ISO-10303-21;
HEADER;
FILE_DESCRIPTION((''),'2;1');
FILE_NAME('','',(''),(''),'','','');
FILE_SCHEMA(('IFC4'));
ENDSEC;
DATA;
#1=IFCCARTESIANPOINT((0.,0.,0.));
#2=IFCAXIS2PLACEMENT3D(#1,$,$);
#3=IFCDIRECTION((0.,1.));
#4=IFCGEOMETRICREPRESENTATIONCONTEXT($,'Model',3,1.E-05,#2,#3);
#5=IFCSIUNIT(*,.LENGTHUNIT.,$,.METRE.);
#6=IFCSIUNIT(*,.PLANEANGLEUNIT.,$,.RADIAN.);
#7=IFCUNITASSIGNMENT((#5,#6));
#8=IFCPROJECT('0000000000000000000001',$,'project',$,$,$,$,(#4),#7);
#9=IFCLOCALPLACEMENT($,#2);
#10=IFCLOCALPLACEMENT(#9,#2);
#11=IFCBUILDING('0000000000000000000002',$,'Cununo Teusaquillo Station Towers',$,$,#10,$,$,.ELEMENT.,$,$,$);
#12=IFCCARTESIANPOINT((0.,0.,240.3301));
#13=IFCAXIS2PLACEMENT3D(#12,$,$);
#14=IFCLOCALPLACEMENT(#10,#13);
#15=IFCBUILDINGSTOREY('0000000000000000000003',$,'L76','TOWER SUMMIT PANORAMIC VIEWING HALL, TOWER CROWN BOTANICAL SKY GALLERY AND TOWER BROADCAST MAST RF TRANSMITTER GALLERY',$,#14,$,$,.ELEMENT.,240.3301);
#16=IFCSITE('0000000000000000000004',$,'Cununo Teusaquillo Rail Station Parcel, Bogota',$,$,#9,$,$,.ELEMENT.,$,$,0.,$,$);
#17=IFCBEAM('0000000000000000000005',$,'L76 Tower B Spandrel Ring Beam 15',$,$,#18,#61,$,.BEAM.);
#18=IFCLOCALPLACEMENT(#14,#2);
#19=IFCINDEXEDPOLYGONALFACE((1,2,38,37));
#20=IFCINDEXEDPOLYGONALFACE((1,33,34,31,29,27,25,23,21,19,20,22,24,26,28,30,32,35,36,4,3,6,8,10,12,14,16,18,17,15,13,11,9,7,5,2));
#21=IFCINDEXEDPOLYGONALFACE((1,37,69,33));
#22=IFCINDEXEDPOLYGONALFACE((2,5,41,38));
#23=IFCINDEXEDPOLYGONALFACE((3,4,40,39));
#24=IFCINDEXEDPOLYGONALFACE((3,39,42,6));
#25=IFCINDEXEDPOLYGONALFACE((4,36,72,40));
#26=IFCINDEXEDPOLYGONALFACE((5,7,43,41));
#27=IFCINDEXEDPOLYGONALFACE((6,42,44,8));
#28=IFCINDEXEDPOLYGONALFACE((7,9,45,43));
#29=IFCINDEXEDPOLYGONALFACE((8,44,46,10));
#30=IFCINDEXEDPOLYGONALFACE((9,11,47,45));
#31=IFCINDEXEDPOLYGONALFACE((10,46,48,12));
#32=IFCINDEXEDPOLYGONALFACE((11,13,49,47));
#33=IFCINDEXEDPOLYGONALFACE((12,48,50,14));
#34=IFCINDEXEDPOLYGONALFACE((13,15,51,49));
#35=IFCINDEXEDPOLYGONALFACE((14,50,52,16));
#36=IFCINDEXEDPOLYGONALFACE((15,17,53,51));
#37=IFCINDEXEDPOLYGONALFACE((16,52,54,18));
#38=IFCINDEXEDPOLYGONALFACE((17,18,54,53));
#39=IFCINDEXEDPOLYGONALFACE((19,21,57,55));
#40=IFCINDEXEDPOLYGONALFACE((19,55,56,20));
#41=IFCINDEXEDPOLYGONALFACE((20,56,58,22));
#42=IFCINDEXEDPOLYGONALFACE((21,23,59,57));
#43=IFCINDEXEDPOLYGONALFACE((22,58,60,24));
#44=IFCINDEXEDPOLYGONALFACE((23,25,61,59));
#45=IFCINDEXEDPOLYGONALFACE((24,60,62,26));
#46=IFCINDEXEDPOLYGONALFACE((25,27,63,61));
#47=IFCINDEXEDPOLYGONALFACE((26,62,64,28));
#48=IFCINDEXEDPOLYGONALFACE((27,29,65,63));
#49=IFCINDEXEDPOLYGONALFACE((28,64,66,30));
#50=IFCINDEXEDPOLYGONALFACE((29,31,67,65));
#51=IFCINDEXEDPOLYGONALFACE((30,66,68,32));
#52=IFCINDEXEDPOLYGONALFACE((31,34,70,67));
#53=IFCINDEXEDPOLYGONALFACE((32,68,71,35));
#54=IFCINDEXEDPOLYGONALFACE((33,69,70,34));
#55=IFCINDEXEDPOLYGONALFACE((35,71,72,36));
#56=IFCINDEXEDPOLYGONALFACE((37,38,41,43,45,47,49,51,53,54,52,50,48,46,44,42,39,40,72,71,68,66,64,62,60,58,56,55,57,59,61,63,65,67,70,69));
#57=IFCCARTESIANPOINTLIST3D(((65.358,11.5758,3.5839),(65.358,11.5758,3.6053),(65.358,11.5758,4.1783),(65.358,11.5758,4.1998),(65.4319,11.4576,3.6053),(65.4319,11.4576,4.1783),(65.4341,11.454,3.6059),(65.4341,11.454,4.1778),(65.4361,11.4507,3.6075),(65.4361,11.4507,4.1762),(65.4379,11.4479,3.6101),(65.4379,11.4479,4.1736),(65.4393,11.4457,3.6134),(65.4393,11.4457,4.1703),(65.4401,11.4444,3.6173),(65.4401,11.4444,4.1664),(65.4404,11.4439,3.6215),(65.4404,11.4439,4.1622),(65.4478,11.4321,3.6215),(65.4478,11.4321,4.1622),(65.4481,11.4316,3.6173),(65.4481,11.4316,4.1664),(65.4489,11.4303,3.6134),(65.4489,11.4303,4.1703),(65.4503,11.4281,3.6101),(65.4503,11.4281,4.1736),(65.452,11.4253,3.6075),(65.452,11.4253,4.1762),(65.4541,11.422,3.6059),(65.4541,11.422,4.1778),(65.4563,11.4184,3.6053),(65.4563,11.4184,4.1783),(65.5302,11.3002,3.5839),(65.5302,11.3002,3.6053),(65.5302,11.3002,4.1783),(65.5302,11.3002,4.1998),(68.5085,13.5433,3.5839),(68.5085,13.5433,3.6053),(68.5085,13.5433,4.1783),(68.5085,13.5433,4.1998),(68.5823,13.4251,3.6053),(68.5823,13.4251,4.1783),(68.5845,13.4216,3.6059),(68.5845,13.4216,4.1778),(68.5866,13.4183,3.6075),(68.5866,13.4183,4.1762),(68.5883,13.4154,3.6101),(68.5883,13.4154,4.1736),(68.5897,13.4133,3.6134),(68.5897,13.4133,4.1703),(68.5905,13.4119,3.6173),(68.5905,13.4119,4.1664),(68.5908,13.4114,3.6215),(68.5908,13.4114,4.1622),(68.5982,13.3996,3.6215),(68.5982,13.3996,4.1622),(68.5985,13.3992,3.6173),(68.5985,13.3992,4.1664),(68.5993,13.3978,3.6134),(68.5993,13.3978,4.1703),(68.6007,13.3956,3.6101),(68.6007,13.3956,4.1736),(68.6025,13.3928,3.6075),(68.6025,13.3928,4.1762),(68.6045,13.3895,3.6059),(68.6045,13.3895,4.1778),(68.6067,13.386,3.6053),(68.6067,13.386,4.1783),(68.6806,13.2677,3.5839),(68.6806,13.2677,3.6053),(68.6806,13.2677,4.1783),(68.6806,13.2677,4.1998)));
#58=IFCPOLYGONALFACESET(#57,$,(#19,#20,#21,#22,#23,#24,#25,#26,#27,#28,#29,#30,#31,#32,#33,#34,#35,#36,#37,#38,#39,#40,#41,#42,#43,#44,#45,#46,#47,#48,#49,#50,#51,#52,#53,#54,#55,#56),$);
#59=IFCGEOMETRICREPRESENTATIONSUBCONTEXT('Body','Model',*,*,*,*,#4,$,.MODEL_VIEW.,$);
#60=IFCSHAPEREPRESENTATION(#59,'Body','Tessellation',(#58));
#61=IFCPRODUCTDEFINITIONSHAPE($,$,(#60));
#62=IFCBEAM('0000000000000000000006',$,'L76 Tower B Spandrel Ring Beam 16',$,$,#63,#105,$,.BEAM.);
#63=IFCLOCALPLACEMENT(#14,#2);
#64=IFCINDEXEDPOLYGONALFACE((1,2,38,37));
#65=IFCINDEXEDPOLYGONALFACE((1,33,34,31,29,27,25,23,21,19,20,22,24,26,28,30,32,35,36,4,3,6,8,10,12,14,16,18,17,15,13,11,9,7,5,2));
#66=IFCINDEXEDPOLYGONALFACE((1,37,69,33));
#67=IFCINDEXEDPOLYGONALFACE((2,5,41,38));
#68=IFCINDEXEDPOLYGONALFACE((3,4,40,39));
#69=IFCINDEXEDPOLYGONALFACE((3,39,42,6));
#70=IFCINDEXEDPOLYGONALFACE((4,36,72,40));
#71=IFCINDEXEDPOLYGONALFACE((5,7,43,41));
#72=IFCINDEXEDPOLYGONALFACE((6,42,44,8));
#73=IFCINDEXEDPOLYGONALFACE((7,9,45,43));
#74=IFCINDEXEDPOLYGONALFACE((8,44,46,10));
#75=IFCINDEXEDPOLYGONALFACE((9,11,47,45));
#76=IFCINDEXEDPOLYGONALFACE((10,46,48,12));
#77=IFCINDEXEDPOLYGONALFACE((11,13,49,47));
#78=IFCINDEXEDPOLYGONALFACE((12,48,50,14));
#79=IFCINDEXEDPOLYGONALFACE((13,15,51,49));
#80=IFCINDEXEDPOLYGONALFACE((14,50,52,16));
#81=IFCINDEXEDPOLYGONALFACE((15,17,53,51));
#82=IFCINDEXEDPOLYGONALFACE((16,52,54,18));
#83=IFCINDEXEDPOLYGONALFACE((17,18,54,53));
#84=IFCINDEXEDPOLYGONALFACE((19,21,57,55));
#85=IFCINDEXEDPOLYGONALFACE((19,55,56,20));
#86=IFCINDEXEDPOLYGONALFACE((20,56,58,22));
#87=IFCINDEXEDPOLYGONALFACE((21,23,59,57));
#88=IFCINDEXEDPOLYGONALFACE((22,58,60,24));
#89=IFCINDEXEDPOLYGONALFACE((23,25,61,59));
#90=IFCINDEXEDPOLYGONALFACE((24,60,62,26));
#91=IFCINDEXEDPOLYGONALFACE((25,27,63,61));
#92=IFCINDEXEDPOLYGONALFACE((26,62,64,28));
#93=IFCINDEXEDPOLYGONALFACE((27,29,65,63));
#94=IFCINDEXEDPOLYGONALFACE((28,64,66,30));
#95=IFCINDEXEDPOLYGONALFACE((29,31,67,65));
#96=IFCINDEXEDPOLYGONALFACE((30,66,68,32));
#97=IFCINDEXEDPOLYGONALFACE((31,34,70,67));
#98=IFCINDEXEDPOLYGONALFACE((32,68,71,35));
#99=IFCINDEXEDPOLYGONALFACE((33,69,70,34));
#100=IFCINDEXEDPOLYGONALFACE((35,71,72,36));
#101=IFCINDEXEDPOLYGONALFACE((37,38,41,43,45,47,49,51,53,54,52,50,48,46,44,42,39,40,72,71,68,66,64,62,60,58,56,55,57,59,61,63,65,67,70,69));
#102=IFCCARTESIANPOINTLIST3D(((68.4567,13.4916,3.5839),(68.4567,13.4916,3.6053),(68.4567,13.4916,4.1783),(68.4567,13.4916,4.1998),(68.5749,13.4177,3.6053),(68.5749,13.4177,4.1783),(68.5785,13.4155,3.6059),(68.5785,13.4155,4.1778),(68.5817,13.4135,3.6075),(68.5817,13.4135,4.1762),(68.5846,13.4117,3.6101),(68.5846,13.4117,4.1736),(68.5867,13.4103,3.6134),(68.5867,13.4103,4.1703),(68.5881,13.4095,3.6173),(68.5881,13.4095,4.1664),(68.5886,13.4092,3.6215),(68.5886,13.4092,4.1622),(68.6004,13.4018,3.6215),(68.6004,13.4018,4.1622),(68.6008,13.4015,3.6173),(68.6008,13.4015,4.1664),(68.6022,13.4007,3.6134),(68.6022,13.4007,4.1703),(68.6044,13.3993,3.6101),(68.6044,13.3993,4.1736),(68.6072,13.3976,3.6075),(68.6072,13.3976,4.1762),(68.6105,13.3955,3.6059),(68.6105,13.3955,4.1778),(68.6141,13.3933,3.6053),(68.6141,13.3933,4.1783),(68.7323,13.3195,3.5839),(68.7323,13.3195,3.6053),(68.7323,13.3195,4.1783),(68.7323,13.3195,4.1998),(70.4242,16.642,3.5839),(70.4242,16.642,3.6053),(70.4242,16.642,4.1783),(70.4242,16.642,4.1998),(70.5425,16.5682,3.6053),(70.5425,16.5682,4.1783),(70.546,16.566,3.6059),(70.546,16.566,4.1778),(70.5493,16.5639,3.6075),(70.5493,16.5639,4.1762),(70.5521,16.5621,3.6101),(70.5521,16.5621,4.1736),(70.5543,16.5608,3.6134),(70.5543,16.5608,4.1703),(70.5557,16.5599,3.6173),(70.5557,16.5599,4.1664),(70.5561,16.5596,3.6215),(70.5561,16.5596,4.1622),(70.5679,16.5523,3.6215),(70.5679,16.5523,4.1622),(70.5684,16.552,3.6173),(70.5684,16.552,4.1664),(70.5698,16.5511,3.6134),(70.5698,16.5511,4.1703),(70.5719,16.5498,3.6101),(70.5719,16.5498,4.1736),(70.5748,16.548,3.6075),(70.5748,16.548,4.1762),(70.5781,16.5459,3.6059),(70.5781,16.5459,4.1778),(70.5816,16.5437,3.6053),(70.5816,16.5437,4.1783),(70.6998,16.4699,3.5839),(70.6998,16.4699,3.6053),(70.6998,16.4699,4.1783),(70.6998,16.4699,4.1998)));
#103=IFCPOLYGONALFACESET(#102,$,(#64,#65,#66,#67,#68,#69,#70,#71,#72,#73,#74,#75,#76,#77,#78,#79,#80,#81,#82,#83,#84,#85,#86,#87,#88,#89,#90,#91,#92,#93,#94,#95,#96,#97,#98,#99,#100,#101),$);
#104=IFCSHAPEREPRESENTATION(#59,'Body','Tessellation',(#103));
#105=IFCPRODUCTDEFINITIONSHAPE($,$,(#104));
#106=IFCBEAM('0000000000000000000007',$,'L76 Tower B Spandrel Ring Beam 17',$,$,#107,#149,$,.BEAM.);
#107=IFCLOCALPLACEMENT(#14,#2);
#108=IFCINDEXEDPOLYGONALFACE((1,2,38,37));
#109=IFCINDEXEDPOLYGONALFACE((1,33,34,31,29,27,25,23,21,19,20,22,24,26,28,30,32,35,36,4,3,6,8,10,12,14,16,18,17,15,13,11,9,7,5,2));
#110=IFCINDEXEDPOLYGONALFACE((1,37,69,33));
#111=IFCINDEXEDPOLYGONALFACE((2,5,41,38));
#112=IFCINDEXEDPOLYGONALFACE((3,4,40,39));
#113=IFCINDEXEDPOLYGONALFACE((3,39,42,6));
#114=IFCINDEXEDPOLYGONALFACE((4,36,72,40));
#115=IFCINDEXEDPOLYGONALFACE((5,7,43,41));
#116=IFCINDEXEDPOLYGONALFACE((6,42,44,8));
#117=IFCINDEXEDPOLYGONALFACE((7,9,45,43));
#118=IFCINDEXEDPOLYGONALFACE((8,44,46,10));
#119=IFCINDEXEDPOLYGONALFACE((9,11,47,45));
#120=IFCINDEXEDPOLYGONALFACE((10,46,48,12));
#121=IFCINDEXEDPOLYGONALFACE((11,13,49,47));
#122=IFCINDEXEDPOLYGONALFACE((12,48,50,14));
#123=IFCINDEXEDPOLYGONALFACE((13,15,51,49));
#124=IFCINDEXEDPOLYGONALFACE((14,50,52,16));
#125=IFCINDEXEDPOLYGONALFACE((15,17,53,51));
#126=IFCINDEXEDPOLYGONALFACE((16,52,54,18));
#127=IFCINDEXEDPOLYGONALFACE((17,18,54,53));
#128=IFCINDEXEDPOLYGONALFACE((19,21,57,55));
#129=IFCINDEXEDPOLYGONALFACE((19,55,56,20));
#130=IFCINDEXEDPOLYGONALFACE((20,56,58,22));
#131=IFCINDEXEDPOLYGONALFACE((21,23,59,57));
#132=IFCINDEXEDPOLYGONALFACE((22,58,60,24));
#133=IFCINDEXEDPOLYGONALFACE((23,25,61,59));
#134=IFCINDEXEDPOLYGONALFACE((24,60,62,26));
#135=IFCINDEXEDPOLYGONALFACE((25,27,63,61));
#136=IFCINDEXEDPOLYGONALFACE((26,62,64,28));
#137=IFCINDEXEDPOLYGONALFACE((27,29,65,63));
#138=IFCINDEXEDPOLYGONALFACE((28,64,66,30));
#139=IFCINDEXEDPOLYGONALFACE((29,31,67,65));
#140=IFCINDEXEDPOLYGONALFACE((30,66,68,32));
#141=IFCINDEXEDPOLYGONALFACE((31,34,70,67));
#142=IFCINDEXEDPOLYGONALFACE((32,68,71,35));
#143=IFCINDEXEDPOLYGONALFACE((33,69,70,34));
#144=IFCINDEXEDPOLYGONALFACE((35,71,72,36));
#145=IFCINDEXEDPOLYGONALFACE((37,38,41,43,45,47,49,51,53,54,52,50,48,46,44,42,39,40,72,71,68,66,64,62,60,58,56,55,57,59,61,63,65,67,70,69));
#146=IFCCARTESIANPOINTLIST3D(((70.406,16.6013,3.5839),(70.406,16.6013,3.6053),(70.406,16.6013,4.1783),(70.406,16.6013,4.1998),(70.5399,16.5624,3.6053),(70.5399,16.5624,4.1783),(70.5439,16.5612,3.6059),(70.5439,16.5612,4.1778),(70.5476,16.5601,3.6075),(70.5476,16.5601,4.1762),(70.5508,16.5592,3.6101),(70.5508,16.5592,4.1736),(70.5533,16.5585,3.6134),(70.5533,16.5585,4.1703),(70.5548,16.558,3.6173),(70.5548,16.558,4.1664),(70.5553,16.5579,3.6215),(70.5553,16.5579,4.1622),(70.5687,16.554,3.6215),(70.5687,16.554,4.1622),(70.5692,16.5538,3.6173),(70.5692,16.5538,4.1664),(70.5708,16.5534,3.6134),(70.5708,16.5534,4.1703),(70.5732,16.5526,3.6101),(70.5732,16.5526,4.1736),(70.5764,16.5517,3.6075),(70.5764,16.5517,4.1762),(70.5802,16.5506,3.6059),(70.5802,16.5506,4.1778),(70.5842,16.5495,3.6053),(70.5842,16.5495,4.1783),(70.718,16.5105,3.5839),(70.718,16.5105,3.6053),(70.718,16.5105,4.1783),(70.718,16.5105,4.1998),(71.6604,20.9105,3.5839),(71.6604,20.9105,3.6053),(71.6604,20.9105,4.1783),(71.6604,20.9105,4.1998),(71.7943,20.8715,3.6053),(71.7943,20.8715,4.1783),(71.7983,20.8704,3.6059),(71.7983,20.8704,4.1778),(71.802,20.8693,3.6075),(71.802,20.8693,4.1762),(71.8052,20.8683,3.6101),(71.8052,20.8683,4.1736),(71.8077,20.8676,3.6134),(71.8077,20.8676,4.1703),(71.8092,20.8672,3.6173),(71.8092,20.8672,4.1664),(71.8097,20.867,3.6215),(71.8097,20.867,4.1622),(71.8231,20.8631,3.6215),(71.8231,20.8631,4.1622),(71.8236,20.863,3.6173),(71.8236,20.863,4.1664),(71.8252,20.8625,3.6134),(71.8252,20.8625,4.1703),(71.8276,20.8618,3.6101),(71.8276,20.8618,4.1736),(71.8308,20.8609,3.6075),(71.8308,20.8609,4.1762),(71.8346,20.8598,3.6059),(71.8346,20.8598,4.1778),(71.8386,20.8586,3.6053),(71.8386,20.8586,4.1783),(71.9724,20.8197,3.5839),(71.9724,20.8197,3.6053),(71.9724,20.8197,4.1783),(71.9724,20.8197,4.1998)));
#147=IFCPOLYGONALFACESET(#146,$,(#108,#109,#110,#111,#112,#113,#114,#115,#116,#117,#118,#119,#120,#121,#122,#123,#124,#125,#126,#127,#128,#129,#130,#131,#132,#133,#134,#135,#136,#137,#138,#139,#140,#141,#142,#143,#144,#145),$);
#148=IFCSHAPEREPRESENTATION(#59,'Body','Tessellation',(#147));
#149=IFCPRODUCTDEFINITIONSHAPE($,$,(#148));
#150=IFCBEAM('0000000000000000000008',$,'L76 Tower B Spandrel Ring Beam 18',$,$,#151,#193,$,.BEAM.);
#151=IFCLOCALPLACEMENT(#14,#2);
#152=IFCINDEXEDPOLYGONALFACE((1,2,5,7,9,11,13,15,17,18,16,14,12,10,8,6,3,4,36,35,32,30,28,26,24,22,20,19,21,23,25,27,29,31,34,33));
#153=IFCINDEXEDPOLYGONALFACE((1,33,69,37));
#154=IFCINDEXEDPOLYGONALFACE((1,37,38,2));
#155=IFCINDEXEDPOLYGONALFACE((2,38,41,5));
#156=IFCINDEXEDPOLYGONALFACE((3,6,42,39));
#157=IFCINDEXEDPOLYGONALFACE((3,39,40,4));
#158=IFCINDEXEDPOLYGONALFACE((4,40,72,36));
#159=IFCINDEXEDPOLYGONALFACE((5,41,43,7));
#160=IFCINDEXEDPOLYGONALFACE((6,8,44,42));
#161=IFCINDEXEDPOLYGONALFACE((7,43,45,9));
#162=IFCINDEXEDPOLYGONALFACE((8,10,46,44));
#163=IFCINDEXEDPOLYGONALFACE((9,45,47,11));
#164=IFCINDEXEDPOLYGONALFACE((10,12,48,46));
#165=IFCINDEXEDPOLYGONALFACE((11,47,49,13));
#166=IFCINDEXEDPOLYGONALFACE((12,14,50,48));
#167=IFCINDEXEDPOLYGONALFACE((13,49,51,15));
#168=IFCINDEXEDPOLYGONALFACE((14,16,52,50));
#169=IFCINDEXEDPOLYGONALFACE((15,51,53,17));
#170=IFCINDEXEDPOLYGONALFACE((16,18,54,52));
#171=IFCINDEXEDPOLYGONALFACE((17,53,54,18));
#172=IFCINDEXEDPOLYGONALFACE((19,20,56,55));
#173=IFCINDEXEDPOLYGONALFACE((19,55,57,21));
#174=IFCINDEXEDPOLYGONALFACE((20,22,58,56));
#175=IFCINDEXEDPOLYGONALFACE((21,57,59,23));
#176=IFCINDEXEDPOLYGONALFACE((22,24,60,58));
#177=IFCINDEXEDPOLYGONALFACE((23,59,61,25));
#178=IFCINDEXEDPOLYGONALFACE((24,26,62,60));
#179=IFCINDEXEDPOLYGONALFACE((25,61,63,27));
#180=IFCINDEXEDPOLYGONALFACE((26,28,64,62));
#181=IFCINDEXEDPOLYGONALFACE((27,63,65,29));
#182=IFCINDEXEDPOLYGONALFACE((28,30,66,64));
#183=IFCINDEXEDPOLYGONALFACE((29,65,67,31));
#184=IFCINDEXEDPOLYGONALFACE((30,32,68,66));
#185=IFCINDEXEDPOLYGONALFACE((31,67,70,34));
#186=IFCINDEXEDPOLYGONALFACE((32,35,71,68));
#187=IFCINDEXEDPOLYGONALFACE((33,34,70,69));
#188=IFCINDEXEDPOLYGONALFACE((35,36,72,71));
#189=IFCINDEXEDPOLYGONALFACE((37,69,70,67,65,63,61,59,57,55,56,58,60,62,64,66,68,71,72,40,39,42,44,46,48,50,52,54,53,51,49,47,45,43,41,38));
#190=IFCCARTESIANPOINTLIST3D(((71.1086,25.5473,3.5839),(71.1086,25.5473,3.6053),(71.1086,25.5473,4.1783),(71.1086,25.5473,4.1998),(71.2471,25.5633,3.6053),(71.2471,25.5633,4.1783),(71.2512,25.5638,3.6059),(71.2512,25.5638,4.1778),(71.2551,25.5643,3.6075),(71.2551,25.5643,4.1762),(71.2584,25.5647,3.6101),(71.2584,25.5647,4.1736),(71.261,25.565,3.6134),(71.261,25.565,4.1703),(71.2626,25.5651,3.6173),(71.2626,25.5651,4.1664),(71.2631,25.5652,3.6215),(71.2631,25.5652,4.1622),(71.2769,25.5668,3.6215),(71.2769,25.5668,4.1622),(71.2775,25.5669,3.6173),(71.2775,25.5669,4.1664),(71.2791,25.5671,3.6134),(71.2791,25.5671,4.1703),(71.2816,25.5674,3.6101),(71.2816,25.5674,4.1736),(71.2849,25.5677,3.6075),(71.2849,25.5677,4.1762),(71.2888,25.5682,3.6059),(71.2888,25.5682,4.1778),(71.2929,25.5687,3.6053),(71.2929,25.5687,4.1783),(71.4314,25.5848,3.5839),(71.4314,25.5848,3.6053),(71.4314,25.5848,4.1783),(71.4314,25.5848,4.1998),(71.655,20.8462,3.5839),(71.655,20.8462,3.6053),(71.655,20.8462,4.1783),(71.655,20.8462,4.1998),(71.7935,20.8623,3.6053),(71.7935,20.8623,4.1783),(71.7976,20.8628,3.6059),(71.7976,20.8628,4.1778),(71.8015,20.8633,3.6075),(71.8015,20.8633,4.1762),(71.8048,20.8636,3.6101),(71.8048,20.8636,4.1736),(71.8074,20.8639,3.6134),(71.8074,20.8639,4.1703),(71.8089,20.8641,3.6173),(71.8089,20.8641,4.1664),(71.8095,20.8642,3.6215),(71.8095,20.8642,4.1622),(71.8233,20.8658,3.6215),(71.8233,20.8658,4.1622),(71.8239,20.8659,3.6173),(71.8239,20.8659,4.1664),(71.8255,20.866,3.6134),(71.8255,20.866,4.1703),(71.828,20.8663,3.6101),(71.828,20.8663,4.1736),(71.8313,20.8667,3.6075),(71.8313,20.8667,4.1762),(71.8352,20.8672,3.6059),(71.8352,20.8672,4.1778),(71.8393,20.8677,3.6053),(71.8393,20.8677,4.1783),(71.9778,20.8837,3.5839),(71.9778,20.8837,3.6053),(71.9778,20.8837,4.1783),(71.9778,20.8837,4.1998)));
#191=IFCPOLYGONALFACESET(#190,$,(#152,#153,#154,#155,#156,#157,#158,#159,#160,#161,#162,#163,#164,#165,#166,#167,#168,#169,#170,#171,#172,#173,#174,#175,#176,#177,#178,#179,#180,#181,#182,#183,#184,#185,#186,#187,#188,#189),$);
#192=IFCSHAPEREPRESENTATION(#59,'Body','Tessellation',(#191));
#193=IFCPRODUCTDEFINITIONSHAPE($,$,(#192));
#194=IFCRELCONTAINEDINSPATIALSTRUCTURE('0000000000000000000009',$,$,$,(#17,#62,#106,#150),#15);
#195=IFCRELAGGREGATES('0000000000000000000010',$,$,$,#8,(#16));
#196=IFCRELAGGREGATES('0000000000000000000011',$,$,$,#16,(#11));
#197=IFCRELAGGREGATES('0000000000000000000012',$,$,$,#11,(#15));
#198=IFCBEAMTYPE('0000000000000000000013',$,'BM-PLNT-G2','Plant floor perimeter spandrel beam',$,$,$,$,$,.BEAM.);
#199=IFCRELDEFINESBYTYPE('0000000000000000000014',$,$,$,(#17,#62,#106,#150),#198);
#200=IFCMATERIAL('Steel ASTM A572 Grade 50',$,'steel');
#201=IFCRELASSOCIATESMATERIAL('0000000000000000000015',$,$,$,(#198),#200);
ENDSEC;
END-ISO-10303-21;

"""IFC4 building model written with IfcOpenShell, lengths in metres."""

from ifc_helpers import new_model, si_unit, direction, frame, origin, origin_2d, place, context, subcontext, project, spatial, i_section, extrude, material, material_profile, profile_set, type_object, element, save


model = new_model("IFC4")

# Units and contexts
model_context = context("Model", 3, precision=1e-05, world=origin(), true_north=direction((0.0, 1.0)))
body_context = subcontext(model_context, "Body", "Model", "MODEL_VIEW")
ifc_project = project(units=[si_unit("LENGTHUNIT", "METRE"), si_unit("PLANEANGLEUNIT", "RADIAN")], contexts=[model_context])

# Site, building, storey
site_placement = place(None, origin())
site = spatial("IfcSite", under=ifc_project, at=site_placement, Name="Cununo Teusaquillo Rail Station Parcel, Bogota", CompositionType="ELEMENT", RefElevation=0.0)
building_placement = place(site_placement, origin())
building = spatial("IfcBuilding", under=site, at=building_placement, Name="Cununo Teusaquillo Station Towers", CompositionType="ELEMENT")
storey_placement = place(building_placement, frame((0.0, 0.0, 240.3301)))
storey = spatial("IfcBuildingStorey", under=building, at=storey_placement, Name="L76", Description="TOWER SUMMIT PANORAMIC VIEWING HALL, TOWER CROWN BOTANICAL SKY GALLERY AND TOWER BROADCAST MAST RF TRANSMITTER GALLERY", CompositionType="ELEMENT", Elevation=240.3301)

# Beams
ifc_material_1 = material(Name="Steel ASTM A572 Grade 50", Category="steel")
ifc_material_profile_1 = material_profile(ifc_material_1, i_section(OverallWidth=0.325, OverallDepth=0.616, WebThickness=0.0139, FlangeThickness=0.0215, FilletRadius=0.0161, at=origin_2d()), Name="W24X117")
ifc_profile_set_1 = profile_set([ifc_material_profile_1], Name="Steel ASTM A572 Grade 50")
beam_type = type_object("IfcBeamType", Name="BM-PLNT-G2", Description="Plant floor perimeter spandrel beam", PredefinedType="BEAM", material=ifc_profile_set_1)
for number, where, z_axis, x_axis, name in (
    (1, (65.4441, 11.438, 3.8918), (0.848176, 0.529715, 0.0), (-0.529715, 0.848176, 0.0), "L76 Tower B Spandrel Ring Beam 15"),
    (2, (68.5945, 13.4055, 3.8918), (0.529715, 0.848176, 0.0), (-0.848176, 0.529715, 0.0), "L76 Tower B Spandrel Ring Beam 16"),
):
    element("IfcBeam", number, at=place(storey_placement, frame(where, z_axis=z_axis, x_axis=x_axis)), inside=storey, type_object=beam_type, Name=name, PredefinedType="BEAM", context=body_context, shape_type="SweptSolid", body=[
        extrude(i_section(OverallWidth=0.325, OverallDepth=0.616, WebThickness=0.0139, FlangeThickness=0.0215, FilletRadius=0.0161, at=origin_2d()), origin(), (0.0, 0.0, 1.0), 3.7144),
    ])
beam_1_placement = place(storey_placement, frame((70.562, 16.5559, 3.8918), z_axis=(0.279503, 0.960145, 0.0), x_axis=(-0.960145, 0.279503, 0.0)))
element("IfcBeam", 3, at=beam_1_placement, inside=storey, type_object=beam_type, Name="L76 Tower B Spandrel Ring Beam 17", PredefinedType="BEAM", context=body_context, shape_type="SweptSolid", body=[
    extrude(i_section(OverallWidth=0.325, OverallDepth=0.616, WebThickness=0.0139, FlangeThickness=0.0215, FilletRadius=0.0161, at=origin_2d()), origin(), (0.0, 0.0, 1.0), 4.488),
])
beam_2_placement = place(storey_placement, frame((71.8164, 20.865, 3.8918), z_axis=(-0.115452, 0.993313, 0.0), x_axis=(-0.993313, -0.115452, 0.0)))
element("IfcBeam", 4, at=beam_2_placement, inside=storey, type_object=beam_type, Name="L76 Tower B Spandrel Ring Beam 18", PredefinedType="BEAM", context=body_context, shape_type="SweptSolid", body=[
    extrude(i_section(OverallWidth=0.325, OverallDepth=0.616, WebThickness=0.0139, FlangeThickness=0.0215, FilletRadius=0.0161, at=origin_2d()), origin(), (0.0, 0.0, 1.0), 4.7327),
])

save(model, "model.ifc")
